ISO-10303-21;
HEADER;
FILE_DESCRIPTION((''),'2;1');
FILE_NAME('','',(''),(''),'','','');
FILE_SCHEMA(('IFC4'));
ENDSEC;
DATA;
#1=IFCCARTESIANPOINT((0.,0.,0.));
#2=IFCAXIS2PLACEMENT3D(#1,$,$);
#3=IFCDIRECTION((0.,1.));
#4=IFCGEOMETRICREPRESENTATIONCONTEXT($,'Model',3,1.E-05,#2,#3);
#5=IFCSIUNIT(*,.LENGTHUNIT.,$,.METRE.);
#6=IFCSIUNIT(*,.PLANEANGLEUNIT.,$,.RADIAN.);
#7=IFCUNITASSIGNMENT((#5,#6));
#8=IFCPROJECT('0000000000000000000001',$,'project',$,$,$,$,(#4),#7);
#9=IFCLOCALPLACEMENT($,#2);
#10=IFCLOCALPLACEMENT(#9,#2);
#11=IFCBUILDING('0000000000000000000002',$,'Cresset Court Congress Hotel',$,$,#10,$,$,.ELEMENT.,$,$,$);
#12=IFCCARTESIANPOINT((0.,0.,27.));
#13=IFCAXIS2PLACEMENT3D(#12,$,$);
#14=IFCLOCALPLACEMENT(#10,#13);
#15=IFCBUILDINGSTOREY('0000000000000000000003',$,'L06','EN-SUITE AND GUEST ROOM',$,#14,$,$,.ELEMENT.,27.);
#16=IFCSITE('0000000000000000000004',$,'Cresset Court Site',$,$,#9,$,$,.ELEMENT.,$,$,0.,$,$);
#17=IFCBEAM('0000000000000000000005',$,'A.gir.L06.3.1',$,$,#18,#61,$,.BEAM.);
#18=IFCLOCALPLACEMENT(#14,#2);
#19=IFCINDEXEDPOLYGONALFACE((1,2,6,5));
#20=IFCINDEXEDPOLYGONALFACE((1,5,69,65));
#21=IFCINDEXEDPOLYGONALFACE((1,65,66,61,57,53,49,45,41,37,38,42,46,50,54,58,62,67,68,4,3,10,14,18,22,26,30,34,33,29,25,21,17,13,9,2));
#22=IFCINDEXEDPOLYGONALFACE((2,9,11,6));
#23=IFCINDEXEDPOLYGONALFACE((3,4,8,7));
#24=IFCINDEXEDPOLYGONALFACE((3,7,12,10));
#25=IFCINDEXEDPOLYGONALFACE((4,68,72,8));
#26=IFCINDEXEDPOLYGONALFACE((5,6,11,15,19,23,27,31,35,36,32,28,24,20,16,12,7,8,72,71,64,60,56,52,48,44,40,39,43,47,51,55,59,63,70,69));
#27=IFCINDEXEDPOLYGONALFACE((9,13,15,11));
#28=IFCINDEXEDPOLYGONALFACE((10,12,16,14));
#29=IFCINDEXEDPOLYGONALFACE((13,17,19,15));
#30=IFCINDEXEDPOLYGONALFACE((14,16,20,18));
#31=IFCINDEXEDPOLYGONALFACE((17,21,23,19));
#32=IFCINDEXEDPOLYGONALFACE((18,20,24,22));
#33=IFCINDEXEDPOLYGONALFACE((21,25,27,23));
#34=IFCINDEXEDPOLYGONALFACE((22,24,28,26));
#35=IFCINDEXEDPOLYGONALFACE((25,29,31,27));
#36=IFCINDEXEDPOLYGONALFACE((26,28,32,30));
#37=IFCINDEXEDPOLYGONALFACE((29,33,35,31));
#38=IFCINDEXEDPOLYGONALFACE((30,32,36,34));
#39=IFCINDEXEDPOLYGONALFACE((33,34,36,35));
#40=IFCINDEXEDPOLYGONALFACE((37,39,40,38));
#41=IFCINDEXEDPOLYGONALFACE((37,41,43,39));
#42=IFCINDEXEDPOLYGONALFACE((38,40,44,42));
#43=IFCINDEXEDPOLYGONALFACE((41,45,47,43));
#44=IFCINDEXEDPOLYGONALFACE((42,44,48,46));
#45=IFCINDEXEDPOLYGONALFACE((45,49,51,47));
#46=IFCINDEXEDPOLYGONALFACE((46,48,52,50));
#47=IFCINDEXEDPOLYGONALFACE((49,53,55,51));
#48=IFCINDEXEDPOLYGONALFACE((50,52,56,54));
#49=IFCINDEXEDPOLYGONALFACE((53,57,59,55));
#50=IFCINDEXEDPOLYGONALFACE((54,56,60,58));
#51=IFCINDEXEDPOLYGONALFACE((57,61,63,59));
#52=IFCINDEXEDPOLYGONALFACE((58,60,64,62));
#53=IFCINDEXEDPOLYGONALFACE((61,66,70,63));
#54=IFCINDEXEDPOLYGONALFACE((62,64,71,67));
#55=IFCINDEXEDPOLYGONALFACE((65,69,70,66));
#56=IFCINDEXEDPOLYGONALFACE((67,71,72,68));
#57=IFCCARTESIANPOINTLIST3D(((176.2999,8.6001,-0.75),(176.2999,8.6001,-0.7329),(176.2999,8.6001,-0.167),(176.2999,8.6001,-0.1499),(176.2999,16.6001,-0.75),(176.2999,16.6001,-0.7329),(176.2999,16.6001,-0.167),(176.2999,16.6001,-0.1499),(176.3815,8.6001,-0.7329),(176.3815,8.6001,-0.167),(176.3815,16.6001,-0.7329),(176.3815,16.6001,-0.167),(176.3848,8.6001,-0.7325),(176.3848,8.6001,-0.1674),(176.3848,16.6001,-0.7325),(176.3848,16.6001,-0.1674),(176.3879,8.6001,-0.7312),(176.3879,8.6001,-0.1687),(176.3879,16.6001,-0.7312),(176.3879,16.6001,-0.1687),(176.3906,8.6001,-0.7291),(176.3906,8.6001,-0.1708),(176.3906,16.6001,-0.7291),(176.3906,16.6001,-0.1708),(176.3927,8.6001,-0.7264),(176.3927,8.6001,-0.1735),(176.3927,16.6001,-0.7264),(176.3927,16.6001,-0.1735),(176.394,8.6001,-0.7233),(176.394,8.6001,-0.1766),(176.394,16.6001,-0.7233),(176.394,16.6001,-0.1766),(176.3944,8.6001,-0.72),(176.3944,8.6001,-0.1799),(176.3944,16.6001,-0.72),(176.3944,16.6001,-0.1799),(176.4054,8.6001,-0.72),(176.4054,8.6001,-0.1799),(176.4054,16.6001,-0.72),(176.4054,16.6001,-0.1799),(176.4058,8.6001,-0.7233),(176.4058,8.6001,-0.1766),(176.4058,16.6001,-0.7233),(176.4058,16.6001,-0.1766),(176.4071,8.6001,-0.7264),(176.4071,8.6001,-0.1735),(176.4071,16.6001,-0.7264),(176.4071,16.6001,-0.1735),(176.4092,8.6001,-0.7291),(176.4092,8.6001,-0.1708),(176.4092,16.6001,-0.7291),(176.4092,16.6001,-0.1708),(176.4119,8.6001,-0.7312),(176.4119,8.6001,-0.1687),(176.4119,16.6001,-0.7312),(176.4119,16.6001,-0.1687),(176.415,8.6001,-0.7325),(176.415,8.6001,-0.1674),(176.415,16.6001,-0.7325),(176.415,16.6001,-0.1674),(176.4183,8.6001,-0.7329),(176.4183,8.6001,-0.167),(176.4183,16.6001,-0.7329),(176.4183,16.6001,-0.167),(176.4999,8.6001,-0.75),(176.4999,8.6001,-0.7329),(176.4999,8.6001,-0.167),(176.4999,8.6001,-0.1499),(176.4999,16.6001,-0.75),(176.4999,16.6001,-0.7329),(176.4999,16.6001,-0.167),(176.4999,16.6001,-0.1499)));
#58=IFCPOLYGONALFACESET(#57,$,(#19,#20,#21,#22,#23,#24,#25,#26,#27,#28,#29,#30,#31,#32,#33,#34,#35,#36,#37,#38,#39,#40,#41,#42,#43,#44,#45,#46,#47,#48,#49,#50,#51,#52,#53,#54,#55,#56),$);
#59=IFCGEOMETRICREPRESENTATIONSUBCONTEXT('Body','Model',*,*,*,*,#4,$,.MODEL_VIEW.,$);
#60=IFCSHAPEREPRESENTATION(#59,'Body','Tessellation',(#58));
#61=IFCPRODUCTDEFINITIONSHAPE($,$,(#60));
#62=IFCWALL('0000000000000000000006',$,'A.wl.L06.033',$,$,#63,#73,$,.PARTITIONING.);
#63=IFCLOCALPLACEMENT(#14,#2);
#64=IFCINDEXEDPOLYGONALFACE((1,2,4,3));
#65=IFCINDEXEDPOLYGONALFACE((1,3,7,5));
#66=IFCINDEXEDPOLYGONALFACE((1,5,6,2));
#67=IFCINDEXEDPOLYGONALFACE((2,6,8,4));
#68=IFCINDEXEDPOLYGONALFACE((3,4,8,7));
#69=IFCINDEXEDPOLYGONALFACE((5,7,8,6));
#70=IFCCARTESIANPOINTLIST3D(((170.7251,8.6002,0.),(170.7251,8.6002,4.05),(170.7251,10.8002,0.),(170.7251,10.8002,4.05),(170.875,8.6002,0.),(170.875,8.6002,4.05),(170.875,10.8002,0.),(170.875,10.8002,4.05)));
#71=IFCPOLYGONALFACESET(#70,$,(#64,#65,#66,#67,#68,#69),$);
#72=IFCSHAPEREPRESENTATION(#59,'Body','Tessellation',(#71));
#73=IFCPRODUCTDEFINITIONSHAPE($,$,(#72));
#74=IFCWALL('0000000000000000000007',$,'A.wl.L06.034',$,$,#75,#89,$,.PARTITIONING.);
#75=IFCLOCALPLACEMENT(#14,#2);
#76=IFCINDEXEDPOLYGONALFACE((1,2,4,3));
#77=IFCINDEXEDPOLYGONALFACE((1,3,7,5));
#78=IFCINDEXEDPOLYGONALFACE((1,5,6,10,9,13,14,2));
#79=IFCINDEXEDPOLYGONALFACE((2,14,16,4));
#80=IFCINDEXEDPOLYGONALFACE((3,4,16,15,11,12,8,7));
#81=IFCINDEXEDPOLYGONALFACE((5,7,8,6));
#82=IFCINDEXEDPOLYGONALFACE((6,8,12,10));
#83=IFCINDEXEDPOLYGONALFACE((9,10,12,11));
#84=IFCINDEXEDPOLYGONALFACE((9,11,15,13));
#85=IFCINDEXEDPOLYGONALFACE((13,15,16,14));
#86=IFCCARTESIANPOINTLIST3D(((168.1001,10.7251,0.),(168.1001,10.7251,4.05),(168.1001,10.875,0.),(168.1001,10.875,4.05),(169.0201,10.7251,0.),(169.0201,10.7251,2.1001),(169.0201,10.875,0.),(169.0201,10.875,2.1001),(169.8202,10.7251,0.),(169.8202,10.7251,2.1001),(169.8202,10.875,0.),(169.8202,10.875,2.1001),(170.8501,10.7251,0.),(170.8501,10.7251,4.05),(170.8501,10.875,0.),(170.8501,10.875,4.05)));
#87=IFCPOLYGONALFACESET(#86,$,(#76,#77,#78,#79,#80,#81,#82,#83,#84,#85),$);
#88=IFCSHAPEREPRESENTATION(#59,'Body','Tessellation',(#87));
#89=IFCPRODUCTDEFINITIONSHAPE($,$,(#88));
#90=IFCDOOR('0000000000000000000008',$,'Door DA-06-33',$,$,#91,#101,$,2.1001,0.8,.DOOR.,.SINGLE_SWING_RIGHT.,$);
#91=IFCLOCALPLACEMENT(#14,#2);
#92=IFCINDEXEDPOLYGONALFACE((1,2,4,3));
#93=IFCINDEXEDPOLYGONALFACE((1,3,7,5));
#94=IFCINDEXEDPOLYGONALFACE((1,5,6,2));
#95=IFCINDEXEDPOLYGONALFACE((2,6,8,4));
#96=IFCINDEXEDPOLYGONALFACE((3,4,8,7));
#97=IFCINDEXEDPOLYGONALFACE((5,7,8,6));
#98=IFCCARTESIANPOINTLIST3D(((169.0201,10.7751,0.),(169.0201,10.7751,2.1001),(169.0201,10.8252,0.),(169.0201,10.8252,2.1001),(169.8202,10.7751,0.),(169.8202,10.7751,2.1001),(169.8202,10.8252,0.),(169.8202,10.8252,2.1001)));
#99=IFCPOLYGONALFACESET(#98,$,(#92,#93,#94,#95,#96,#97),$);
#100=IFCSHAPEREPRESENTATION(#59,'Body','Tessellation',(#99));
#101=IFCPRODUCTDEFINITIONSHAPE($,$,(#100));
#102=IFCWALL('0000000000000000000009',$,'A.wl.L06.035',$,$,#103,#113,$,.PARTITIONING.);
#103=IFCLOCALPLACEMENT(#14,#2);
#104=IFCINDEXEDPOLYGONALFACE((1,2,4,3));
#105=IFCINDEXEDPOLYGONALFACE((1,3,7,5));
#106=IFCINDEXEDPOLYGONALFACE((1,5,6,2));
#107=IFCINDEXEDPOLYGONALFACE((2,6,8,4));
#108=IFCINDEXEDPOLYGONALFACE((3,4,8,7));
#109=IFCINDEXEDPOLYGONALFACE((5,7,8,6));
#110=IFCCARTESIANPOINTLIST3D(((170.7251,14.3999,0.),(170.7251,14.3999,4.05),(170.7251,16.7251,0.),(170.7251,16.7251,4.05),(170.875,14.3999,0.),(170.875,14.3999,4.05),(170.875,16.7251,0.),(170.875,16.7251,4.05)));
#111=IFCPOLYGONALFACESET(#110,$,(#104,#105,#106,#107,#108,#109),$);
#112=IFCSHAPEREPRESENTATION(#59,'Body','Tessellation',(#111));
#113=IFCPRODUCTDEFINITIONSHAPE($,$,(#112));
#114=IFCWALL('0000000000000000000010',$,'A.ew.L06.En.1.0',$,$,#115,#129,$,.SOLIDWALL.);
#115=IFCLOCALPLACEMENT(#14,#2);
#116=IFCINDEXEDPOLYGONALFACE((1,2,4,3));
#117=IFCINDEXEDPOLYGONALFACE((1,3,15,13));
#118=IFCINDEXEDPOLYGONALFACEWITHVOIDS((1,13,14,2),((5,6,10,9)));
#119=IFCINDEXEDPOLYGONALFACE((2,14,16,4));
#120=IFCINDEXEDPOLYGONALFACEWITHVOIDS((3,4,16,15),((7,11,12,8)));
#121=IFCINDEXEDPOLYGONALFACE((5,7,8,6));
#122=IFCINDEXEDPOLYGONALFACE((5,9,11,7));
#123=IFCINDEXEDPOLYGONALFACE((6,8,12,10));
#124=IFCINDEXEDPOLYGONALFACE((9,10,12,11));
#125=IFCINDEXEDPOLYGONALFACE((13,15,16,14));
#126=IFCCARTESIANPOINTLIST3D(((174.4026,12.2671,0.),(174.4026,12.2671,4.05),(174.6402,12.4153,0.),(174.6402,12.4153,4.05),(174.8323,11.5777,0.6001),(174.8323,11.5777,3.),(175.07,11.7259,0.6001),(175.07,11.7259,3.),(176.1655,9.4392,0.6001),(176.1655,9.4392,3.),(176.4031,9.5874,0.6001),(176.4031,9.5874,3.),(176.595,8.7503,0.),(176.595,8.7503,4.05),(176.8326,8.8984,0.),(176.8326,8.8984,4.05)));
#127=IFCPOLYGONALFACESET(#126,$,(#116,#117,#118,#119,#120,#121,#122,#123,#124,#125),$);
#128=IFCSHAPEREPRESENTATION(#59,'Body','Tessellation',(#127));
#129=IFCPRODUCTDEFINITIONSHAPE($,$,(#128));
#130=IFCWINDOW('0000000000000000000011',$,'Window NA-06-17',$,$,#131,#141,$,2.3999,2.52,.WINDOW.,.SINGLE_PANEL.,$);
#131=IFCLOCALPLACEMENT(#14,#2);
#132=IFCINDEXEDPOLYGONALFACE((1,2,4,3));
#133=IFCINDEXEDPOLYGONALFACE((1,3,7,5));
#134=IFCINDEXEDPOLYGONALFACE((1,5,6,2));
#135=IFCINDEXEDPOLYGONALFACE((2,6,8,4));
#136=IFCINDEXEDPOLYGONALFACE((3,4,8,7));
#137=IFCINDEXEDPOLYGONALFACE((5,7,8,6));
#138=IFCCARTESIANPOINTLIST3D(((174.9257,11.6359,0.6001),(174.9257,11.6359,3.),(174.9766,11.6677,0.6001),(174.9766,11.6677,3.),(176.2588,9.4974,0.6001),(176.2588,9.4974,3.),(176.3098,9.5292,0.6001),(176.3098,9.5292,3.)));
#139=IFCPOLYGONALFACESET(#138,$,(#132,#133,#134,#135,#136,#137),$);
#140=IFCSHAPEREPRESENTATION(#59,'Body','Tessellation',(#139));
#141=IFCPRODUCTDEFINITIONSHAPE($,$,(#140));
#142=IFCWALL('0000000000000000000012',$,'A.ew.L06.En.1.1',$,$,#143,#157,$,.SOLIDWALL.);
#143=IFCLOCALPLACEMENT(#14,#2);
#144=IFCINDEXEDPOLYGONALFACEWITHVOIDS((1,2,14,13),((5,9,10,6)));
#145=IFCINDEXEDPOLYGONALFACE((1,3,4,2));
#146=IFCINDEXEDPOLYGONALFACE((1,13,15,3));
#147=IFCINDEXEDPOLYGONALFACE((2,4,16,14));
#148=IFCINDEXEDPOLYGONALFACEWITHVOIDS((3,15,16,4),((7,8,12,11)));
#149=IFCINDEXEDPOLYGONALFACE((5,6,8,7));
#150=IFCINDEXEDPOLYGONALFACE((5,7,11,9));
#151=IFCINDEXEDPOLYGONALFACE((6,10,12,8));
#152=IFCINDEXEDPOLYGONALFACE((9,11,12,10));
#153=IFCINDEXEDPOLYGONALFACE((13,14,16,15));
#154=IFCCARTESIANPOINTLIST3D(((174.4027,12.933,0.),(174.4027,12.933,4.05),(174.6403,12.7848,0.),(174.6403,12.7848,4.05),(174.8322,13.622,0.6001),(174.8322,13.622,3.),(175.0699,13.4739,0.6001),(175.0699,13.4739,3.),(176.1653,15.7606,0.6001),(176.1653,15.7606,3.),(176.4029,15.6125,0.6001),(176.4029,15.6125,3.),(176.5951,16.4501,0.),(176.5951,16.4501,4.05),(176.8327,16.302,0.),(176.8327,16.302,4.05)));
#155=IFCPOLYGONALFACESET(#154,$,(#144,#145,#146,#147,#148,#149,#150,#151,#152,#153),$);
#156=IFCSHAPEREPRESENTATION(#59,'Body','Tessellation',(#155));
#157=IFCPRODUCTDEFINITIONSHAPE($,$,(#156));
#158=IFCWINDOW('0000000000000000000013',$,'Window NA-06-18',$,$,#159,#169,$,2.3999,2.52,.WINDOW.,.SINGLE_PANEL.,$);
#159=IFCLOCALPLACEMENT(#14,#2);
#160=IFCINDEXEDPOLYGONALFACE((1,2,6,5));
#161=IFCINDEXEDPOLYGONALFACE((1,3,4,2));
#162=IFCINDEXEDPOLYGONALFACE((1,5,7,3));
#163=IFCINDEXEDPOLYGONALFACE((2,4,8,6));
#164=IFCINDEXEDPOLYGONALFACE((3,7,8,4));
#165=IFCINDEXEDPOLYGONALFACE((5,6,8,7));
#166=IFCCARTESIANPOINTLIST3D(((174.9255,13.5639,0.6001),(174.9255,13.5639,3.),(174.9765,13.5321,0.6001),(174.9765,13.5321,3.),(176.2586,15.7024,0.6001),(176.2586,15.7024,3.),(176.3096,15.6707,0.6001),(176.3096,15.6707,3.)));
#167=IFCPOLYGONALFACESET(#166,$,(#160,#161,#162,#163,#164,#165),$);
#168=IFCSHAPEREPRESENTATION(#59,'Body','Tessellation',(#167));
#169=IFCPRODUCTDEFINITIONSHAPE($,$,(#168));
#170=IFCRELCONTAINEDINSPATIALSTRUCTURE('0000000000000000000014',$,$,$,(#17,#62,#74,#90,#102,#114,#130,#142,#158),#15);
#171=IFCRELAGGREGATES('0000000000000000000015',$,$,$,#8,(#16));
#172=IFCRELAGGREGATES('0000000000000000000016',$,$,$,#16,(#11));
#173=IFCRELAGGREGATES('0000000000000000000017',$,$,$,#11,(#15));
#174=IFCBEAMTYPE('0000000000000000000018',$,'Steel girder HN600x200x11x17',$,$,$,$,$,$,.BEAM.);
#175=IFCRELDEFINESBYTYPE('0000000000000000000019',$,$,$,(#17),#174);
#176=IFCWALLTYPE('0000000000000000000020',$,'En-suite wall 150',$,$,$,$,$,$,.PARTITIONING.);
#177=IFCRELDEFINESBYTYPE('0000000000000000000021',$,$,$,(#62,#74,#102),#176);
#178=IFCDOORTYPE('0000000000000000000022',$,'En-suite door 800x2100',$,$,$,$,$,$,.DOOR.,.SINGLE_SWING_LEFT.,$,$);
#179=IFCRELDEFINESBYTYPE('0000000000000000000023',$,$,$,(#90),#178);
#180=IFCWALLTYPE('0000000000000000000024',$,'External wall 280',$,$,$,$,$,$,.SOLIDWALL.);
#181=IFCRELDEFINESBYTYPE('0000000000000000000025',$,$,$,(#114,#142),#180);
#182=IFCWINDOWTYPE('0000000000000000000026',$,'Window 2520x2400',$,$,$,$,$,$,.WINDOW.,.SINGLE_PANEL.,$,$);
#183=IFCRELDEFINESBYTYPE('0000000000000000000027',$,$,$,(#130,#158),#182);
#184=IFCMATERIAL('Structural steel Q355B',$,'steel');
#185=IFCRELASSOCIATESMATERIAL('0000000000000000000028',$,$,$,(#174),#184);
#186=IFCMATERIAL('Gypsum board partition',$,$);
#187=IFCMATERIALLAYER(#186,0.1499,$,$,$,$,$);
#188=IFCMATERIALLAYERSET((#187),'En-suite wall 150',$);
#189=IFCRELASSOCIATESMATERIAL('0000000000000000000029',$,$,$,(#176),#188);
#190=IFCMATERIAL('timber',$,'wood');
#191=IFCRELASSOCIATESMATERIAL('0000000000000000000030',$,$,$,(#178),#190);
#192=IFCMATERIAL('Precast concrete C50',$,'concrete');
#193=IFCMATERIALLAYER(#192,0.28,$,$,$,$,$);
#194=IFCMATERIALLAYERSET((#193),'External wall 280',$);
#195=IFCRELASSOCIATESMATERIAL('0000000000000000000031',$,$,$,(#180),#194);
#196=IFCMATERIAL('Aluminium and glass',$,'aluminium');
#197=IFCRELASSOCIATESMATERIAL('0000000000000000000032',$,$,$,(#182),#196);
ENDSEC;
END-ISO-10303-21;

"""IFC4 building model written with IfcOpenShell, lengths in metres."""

from ifc_helpers import new_model, si_unit, direction, frame, frame_2d, origin, origin_2d, place, context, subcontext, project, spatial, rectangle, i_section, extrude, material, layer, layer_set, material_profile, profile_set, type_object, element, fill, save


model = new_model("IFC4")

# Units and contexts
model_context = context("Model", 3, precision=1e-05, world=origin(), true_north=direction((0.0, 1.0)))
body_context = subcontext(model_context, "Body", "Model", "MODEL_VIEW")
ifc_project = project(units=[si_unit("LENGTHUNIT", "METRE"), si_unit("PLANEANGLEUNIT", "RADIAN")], contexts=[model_context])

# Site, building, storey
site_placement = place(None, origin())
site = spatial("IfcSite", under=ifc_project, at=site_placement, Name="Cresset Court Site", CompositionType="ELEMENT", RefElevation=0.0)
building_placement = place(site_placement, origin())
building = spatial("IfcBuilding", under=site, at=building_placement, Name="Cresset Court Congress Hotel", CompositionType="ELEMENT")
storey_placement = place(building_placement, frame((0.0, 0.0, 27.0)))
storey = spatial("IfcBuildingStorey", under=building, at=storey_placement, Name="L06", Description="EN-SUITE AND GUEST ROOM", CompositionType="ELEMENT", Elevation=27.0)

# Beam
ifc_material_1 = material(Name="Structural steel Q355B", Category="steel")
ifc_material_profile = material_profile(ifc_material_1, i_section(OverallWidth=0.2, OverallDepth=0.6001, WebThickness=0.011, FlangeThickness=0.0171, FilletRadius=0.0129, at=origin_2d()), Name="HN600x200x11x17")
ifc_profile_set = profile_set([ifc_material_profile], Name="Structural steel Q355B")
beam_type = type_object("IfcBeamType", Name="Steel girder HN600x200x11x17", PredefinedType="BEAM", material=ifc_profile_set)
beam_placement = place(storey_placement, frame((176.3999, 8.6001, -0.45), z_axis=(0.0, 1.0, 0.0), x_axis=(-1.0, 0.0, 0.0)))
element("IfcBeam", 1, at=beam_placement, inside=storey, type_object=beam_type, Name="A.gir.L06.3.1", PredefinedType="BEAM", context=body_context, shape_type="SweptSolid", body=[
    extrude(i_section(OverallWidth=0.2, OverallDepth=0.6001, WebThickness=0.011, FlangeThickness=0.0171, FilletRadius=0.0129, at=origin_2d()), origin(), (0.0, 0.0, 1.0), 8.0),
])

# Wall
ifc_material_2 = material(Name="Gypsum board partition")
ifc_layer_1 = layer(ifc_material_2, 0.1499)
ifc_layer_set_1 = layer_set([ifc_layer_1], Name="En-suite wall 150")
wall_type_1 = type_object("IfcWallType", Name="En-suite wall 150", PredefinedType="PARTITIONING", material=ifc_layer_set_1)
wall_1_placement = place(storey_placement, frame((170.8, 8.6001, 0.0), z_axis=(0.0, 0.0, 1.0), x_axis=(0.0, 1.0, 0.0)))
element("IfcWall", 2, at=wall_1_placement, inside=storey, type_object=wall_type_1, Name="A.wl.L06.033", PredefinedType="PARTITIONING", context=body_context, shape_type="SweptSolid", body=[
    extrude(rectangle(XDim=2.2, YDim=0.1499, at=frame_2d((1.1001, 0.0))), origin(), (0.0, 0.0, 1.0), 4.05),
])

# Wall, opening, door
wall_2_placement = place(storey_placement, frame((170.8501, 10.8, 0.0), z_axis=(0.0, 0.0, 1.0), x_axis=(-1.0, 0.0, 0.0)))
wall_2 = element("IfcWall", 3, at=wall_2_placement, inside=storey, type_object=wall_type_1, Name="A.wl.L06.034", PredefinedType="PARTITIONING", context=body_context, shape_type="SweptSolid", body=[
    extrude(rectangle(XDim=2.75, YDim=0.1499, at=frame_2d((1.375, 0.0))), origin(), (0.0, 0.0, 1.0), 4.05),
])
opening_1_placement = place(wall_2_placement, frame((1.03, 0.0, 0.0)))
opening_1 = element("IfcOpeningElement", 4, at=opening_1_placement, cuts=wall_2, PredefinedType="OPENING", context=body_context, shape_type="SweptSolid", body=[
    extrude(rectangle(XDim=0.8, YDim=2.1001, at=frame_2d((0.3999, 1.05))), frame((0.0, 0.085, 0.0), z_axis=(0.0, -1.0, 0.0), x_axis=(1.0, 0.0, 0.0)), (0.0, 0.0, 1.0), 0.1699),
])
ifc_material_3 = material(Name="timber", Category="wood")
door_type = type_object("IfcDoorType", Name="En-suite door 800x2100", OperationType="SINGLE_SWING_LEFT", PredefinedType="DOOR", material=ifc_material_3)
door_placement = place(opening_1_placement, origin())
door = element("IfcDoor", 5, at=door_placement, inside=storey, type_object=door_type, Name="Door DA-06-33", OperationType="SINGLE_SWING_RIGHT", OverallHeight=2.1001, OverallWidth=0.8, PredefinedType="DOOR", context=body_context, shape_type="SweptSolid", body=[
    extrude(rectangle(XDim=0.8, YDim=2.1001, at=frame_2d((0.3999, 1.05))), frame((0.0, 0.0249, 0.0), z_axis=(0.0, -1.0, 0.0), x_axis=(1.0, 0.0, 0.0)), (0.0, 0.0, 1.0), 0.05),
])
fill(opening_1, door)

# Wall
wall_3_placement = place(storey_placement, frame((170.8, 14.3999, 0.0), z_axis=(0.0, 0.0, 1.0), x_axis=(0.0, 1.0, 0.0)))
element("IfcWall", 6, at=wall_3_placement, inside=storey, type_object=wall_type_1, Name="A.wl.L06.035", PredefinedType="PARTITIONING", context=body_context, shape_type="SweptSolid", body=[
    extrude(rectangle(XDim=2.3252, YDim=0.1499, at=frame_2d((1.1626, 0.0))), origin(), (0.0, 0.0, 1.0), 4.05),
])

# Walls, openings, windows
ifc_material_4 = material(Name="Precast concrete C50", Category="concrete")
ifc_layer_2 = layer(ifc_material_4, 0.28)
ifc_layer_set_2 = layer_set([ifc_layer_2], Name="External wall 280")
wall_type_2 = type_object("IfcWallType", Name="External wall 280", PredefinedType="SOLIDWALL", material=ifc_layer_set_2)
wall_4_placement = place(storey_placement, frame((176.7139, 8.8242, 0.0), z_axis=(0.0, 0.0, 1.0), x_axis=(-0.529019, 0.84861, 0.0)))
wall_4 = element("IfcWall", 7, at=wall_4_placement, inside=storey, type_object=wall_type_2, Name="A.ew.L06.En.1.0", PredefinedType="SOLIDWALL", context=body_context, shape_type="SweptSolid", body=[
    extrude(rectangle(XDim=4.1443, YDim=0.28, at=frame_2d((2.0723, 0.0))), origin(), (0.0, 0.0, 1.0), 4.05),
])
opening_2_placement = place(wall_4_placement, frame((0.812, 0.0, 0.6001)))
opening_2 = element("IfcOpeningElement", 8, at=opening_2_placement, cuts=wall_4, PredefinedType="OPENING", context=body_context, shape_type="SweptSolid", body=[
    extrude(rectangle(XDim=2.52, YDim=2.3999, at=frame_2d((1.26, 1.2))), frame((0.0, 0.1499, 0.0), z_axis=(0.0, -1.0, 0.0), x_axis=(1.0, 0.0, 0.0)), (0.0, 0.0, 1.0), 0.3),
])
ifc_material_5 = material(Name="Aluminium and glass", Category="aluminium")
window_type = type_object("IfcWindowType", Name="Window 2520x2400", PartitioningType="SINGLE_PANEL", PredefinedType="WINDOW", material=ifc_material_5)
window_1_placement = place(opening_2_placement, origin())
window_1 = element("IfcWindow", 9, at=window_1_placement, inside=storey, type_object=window_type, Name="Window NA-06-17", OverallHeight=2.3999, OverallWidth=2.52, PartitioningType="SINGLE_PANEL", PredefinedType="WINDOW", context=body_context, shape_type="SweptSolid", body=[
    extrude(rectangle(XDim=2.52, YDim=2.3999, at=frame_2d((1.26, 1.2))), frame((0.0, 0.03, 0.0), z_axis=(0.0, -1.0, 0.0), x_axis=(1.0, 0.0, 0.0)), (0.0, 0.0, 1.0), 0.0601),
])
fill(opening_2, window_1)
wall_5_placement = place(storey_placement, frame((174.5215, 12.8589, 0.0), z_axis=(0.0, 0.0, 1.0), x_axis=(0.528993, 0.848626, 0.0)))
wall_5 = element("IfcWall", 10, at=wall_5_placement, inside=storey, type_object=wall_type_2, Name="A.ew.L06.En.1.1", PredefinedType="SOLIDWALL", context=body_context, shape_type="SweptSolid", body=[
    extrude(rectangle(XDim=4.1445, YDim=0.28, at=frame_2d((2.0723, 0.0))), origin(), (0.0, 0.0, 1.0), 4.05),
])
opening_3_placement = place(wall_5_placement, frame((0.812, 0.0, 0.6001)))
opening_3 = element("IfcOpeningElement", 11, at=opening_3_placement, cuts=wall_5, PredefinedType="OPENING", context=body_context, shape_type="SweptSolid", body=[
    extrude(rectangle(XDim=2.52, YDim=2.3999, at=frame_2d((1.26, 1.2))), frame((0.0, 0.1499, 0.0), z_axis=(0.0, -1.0, 0.0), x_axis=(1.0, 0.0, 0.0)), (0.0, 0.0, 1.0), 0.3),
])
window_2_placement = place(opening_3_placement, origin())
window_2 = element("IfcWindow", 12, at=window_2_placement, inside=storey, type_object=window_type, Name="Window NA-06-18", OverallHeight=2.3999, OverallWidth=2.52, PartitioningType="SINGLE_PANEL", PredefinedType="WINDOW", context=body_context, shape_type="SweptSolid", body=[
    extrude(rectangle(XDim=2.52, YDim=2.3999, at=frame_2d((1.26, 1.2))), frame((0.0, 0.03, 0.0), z_axis=(0.0, -1.0, 0.0), x_axis=(1.0, 0.0, 0.0)), (0.0, 0.0, 1.0), 0.0601),
])
fill(opening_3, window_2)

save(model, "model.ifc")
